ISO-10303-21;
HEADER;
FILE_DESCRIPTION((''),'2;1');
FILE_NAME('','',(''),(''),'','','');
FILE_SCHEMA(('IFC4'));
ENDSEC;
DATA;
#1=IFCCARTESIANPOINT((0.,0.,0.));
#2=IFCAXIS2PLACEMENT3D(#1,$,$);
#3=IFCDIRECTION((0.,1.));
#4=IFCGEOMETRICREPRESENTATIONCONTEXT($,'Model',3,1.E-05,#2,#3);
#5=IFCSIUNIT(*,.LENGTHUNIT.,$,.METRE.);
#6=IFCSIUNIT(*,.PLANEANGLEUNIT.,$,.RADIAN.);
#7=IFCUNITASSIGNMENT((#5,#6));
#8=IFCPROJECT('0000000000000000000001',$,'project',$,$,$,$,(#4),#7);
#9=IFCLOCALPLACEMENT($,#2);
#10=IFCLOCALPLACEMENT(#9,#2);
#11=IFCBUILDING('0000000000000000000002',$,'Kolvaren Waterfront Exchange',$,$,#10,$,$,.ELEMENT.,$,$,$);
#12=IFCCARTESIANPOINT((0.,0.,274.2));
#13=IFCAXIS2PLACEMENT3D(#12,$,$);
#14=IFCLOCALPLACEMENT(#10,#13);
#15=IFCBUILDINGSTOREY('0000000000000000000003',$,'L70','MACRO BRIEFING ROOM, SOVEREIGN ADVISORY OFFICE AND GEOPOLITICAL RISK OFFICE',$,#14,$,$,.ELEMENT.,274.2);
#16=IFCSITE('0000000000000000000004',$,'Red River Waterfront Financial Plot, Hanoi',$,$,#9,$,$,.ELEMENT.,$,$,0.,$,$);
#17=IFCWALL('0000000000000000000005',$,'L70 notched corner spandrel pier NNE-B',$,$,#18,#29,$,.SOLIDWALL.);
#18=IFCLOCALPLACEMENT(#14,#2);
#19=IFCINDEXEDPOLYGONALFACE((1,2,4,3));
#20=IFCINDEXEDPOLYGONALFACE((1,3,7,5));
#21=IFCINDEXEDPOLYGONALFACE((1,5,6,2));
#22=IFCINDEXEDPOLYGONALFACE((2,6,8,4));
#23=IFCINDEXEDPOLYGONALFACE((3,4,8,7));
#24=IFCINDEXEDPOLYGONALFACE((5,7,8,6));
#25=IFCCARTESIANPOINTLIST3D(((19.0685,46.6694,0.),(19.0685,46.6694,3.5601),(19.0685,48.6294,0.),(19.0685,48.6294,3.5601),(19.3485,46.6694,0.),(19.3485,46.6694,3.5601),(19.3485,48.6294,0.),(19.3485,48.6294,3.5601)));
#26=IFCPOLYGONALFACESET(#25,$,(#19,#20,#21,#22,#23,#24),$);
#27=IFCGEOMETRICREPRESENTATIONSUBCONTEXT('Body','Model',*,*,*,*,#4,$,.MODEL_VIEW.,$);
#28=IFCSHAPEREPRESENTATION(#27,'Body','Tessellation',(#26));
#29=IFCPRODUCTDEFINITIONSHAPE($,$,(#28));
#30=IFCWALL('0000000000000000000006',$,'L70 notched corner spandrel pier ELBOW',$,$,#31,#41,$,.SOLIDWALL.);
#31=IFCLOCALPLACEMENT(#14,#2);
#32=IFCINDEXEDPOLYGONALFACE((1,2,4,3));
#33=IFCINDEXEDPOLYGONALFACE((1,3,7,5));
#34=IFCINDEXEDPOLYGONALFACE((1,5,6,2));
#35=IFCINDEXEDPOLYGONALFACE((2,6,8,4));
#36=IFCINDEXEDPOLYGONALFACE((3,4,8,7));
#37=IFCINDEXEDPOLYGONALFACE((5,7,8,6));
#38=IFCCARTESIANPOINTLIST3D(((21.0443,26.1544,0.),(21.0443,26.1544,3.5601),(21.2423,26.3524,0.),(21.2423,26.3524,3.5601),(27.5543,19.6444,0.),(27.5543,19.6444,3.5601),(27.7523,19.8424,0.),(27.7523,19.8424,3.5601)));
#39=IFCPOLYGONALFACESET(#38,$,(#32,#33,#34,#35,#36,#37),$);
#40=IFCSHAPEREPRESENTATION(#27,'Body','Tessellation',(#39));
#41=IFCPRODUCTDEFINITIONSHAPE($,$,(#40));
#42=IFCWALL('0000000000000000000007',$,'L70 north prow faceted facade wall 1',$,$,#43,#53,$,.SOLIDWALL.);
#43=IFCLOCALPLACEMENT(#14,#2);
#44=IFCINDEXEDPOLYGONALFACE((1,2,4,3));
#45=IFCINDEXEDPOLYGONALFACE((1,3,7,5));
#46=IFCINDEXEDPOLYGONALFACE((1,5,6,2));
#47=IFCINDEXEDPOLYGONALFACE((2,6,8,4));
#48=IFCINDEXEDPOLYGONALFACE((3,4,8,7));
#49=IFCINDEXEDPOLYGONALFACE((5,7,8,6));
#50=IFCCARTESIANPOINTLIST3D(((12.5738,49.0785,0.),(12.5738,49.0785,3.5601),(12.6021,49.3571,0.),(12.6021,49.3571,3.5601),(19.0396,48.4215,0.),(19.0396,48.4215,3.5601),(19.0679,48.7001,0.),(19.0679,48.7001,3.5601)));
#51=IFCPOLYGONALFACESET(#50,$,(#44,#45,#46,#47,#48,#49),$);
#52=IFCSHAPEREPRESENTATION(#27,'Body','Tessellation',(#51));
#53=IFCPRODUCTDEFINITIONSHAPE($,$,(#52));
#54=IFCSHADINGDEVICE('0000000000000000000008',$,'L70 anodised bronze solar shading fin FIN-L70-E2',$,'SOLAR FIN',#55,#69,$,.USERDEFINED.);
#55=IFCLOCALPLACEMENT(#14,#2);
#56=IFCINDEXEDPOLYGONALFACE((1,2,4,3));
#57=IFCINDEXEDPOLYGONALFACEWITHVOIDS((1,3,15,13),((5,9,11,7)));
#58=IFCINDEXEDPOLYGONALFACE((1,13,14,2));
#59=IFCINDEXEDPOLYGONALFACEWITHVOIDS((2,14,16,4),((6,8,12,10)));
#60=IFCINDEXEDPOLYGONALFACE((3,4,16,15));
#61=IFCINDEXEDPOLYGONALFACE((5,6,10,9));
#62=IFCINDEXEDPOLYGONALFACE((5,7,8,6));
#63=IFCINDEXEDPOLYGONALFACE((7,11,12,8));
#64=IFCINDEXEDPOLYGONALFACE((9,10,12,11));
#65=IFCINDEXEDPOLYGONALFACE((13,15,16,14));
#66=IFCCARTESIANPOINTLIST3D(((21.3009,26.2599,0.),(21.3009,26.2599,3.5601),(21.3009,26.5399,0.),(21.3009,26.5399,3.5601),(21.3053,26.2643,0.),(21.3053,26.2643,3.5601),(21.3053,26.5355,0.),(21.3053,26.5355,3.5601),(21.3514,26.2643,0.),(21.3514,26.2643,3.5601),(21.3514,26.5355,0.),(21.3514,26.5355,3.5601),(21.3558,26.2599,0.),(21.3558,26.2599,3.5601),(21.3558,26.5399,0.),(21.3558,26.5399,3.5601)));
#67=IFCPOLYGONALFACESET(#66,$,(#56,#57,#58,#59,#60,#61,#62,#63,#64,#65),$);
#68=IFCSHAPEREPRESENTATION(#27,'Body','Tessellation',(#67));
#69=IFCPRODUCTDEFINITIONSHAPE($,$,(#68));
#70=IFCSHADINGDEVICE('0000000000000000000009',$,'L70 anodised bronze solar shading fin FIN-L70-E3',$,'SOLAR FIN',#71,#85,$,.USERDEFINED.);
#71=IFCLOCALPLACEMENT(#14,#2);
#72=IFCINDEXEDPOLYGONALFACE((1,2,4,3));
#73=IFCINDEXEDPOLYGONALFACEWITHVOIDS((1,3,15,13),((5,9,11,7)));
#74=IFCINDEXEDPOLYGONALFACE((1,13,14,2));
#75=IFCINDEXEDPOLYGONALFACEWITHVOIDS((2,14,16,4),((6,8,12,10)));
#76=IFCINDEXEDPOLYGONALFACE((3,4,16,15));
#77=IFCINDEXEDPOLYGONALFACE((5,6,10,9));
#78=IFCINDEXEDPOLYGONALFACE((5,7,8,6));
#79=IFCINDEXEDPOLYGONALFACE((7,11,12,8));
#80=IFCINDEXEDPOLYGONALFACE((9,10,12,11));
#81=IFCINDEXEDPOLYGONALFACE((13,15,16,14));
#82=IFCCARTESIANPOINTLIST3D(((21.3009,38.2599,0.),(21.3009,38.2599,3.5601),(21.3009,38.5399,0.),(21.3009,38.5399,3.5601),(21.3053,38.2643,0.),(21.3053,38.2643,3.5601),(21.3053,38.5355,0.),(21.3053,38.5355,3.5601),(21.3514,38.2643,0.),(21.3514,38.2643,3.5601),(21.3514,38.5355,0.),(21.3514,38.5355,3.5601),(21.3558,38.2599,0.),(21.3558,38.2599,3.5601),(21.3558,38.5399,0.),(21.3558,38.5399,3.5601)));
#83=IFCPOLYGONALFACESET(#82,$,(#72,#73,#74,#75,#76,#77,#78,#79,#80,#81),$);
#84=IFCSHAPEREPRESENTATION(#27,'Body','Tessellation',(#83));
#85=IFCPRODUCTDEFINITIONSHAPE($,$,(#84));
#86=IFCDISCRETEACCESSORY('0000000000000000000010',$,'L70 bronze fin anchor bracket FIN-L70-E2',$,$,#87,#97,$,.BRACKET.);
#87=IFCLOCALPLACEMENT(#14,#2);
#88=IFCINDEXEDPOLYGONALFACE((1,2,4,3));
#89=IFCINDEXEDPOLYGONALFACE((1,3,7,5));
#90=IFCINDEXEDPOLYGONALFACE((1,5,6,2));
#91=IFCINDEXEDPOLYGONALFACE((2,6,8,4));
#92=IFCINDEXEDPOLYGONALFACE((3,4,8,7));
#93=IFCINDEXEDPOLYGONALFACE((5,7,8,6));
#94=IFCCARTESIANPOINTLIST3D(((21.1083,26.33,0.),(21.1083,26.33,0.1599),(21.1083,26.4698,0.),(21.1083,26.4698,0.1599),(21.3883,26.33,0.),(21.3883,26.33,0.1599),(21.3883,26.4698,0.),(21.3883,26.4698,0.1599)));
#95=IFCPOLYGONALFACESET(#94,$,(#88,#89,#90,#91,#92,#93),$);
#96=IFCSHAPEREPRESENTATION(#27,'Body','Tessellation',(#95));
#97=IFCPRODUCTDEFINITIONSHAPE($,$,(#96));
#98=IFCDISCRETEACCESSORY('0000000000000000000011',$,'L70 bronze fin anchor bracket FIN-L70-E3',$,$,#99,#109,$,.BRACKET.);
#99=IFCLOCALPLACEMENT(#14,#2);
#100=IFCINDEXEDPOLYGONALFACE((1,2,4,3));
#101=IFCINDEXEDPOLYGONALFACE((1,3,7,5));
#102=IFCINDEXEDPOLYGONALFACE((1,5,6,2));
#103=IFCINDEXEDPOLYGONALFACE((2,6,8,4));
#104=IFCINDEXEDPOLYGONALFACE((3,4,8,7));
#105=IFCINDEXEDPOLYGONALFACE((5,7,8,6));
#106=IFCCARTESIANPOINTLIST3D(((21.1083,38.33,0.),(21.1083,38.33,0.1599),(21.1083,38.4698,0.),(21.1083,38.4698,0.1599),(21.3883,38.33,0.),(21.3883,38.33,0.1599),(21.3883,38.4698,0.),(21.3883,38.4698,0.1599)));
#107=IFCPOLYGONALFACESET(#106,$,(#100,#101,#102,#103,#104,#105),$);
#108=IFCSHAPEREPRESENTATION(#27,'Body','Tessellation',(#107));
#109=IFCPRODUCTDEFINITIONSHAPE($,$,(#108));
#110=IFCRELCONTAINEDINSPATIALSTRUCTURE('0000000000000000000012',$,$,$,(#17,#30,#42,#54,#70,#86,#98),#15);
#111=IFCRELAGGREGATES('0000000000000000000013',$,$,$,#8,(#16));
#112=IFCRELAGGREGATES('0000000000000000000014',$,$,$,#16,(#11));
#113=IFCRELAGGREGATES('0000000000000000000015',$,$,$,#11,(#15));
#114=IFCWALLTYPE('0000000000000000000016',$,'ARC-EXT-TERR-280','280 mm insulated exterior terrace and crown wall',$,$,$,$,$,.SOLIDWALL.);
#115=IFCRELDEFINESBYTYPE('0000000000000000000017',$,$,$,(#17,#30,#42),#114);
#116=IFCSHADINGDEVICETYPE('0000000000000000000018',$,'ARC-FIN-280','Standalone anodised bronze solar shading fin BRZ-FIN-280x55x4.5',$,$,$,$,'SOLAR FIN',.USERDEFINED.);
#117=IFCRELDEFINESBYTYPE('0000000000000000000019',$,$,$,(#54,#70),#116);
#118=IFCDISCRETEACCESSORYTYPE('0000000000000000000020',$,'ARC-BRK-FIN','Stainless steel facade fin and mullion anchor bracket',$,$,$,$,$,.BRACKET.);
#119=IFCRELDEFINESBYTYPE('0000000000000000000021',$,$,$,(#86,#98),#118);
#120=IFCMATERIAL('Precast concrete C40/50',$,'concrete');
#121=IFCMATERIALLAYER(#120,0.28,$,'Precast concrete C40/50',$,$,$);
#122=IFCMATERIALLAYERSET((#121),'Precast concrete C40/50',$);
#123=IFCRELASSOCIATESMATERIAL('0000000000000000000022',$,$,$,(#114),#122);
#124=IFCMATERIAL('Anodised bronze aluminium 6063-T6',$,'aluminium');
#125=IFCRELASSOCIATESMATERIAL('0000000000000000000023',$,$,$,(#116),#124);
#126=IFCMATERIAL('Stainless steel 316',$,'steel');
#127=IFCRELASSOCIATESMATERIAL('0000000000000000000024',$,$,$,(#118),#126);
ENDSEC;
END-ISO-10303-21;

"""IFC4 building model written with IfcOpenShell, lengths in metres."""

from ifc_helpers import new_model, si_unit, direction, frame, frame_2d, origin, origin_with_axes, origin_2d, place, context, subcontext, project, spatial, rectangle, hollow_rectangle, extrude, source, transform, mapped, material, layer, layer_set, material_profile, profile_set, type_object, element, save


model = new_model("IFC4")

# Units and contexts
model_context = context("Model", 3, precision=1e-05, world=origin(), true_north=direction((0.0, 1.0)))
body_context = subcontext(model_context, "Body", "Model", "MODEL_VIEW")
ifc_project = project(units=[si_unit("LENGTHUNIT", "METRE"), si_unit("PLANEANGLEUNIT", "RADIAN")], contexts=[model_context])

# Site, building, storey
site_placement = place(None, origin())
site = spatial("IfcSite", under=ifc_project, at=site_placement, Name="Red River Waterfront Financial Plot, Hanoi", CompositionType="ELEMENT", RefElevation=0.0)
building_placement = place(site_placement, origin())
building = spatial("IfcBuilding", under=site, at=building_placement, Name="Kolvaren Waterfront Exchange", CompositionType="ELEMENT")
storey_placement = place(building_placement, frame((0.0, 0.0, 274.2)))
storey = spatial("IfcBuildingStorey", under=building, at=storey_placement, Name="L70", Description="MACRO BRIEFING ROOM, SOVEREIGN ADVISORY OFFICE AND GEOPOLITICAL RISK OFFICE", CompositionType="ELEMENT", Elevation=274.2)

# Shared definitions
ifc_material_1 = material(Name="Anodised bronze aluminium 6063-T6", Category="aluminium")

# Walls
ifc_material_2 = material(Name="Precast concrete C40/50", Category="concrete")
ifc_layer_1 = layer(ifc_material_2, 0.28, Name="Precast concrete C40/50")
ifc_layer_set_1 = layer_set([ifc_layer_1], Name="Precast concrete C40/50")
wall_type = type_object("IfcWallType", Name="ARC-EXT-TERR-280", Description="280 mm insulated exterior terrace and crown wall", PredefinedType="SOLIDWALL", material=ifc_layer_set_1)
wall_1_placement = place(storey_placement, frame((19.2085, 46.6694, 0.0), z_axis=(0.0, 0.0, 1.0), x_axis=(0.0, 1.0, 0.0)))
element("IfcWall", 1, at=wall_1_placement, inside=storey, type_object=wall_type, Name="L70 notched corner spandrel pier NNE-B", PredefinedType="SOLIDWALL", context=body_context, shape_type="SweptSolid", body=[
    extrude(rectangle(XDim=1.96, YDim=0.28, at=frame_2d((0.98, 0.0))), origin(), (0.0, 0.0, 1.0), 3.5601),
])
wall_2_placement = place(storey_placement, frame((27.6533, 19.7434, 0.0), z_axis=(0.0, 0.0, 1.0), x_axis=(-0.707107, 0.707107, 0.0)))
element("IfcWall", 2, at=wall_2_placement, inside=storey, type_object=wall_type, Name="L70 notched corner spandrel pier ELBOW", PredefinedType="SOLIDWALL", context=body_context, shape_type="SweptSolid", body=[
    extrude(rectangle(XDim=9.2065, YDim=0.28, at=frame_2d((4.6033, 0.0))), origin(), (0.0, 0.0, 1.0), 3.5601),
])
wall_3_placement = place(storey_placement, frame((19.0537, 48.5608, 0.0), z_axis=(0.0, 0.0, 1.0), x_axis=(-0.994877, 0.101088, 0.0)))
element("IfcWall", 3, at=wall_3_placement, inside=storey, type_object=wall_type, Name="L70 north prow faceted facade wall 1", PredefinedType="SOLIDWALL", context=body_context, shape_type="SweptSolid", body=[
    extrude(rectangle(XDim=6.499, YDim=0.28, at=frame_2d((3.2495, 0.0))), origin(), (0.0, 0.0, 1.0), 3.5601),
])

# Shading devices
ifc_material_profile_1 = material_profile(ifc_material_1, hollow_rectangle(XDim=0.0549, YDim=0.28, WallThickness=0.0044, at=origin_2d()), Name="BRZ-FIN-280x55x4.5")
ifc_profile_set_1 = profile_set([ifc_material_profile_1], Name="Anodised bronze aluminium 6063-T6")
shading_device_type = type_object("IfcShadingDeviceType", Name="ARC-FIN-280", Description="Standalone anodised bronze solar shading fin BRZ-FIN-280x55x4.5", ElementType="SOLAR FIN", PredefinedType="USERDEFINED", material=ifc_profile_set_1)
for number, where, z_axis, x_axis, name in (
    (4, (21.3284, 26.3999, 0.0), (0.0, 0.0, 1.0), (1.0, 0.0, 0.0), "L70 anodised bronze solar shading fin FIN-L70-E2"),
    (5, (21.3284, 38.3999, 0.0), (0.0, 0.0, 1.0), (1.0, 0.0, 0.0), "L70 anodised bronze solar shading fin FIN-L70-E3"),
):
    element("IfcShadingDevice", number, at=place(storey_placement, frame(where, z_axis=z_axis, x_axis=x_axis)), inside=storey, type_object=shading_device_type, Name=name, ObjectType="SOLAR FIN", PredefinedType="USERDEFINED", context=body_context, shape_type="SweptSolid", body=[
        extrude(hollow_rectangle(XDim=0.0549, YDim=0.28, WallThickness=0.0044, at=origin_2d()), origin(), (0.0, 0.0, 1.0), 3.5601),
    ])

# Shared definitions
ifc_material_3 = material(Name="Stainless steel 316", Category="steel")

# Discrete accessories
discrete_accessory_type = type_object("IfcDiscreteAccessoryType", Name="ARC-BRK-FIN", Description="Stainless steel facade fin and mullion anchor bracket", PredefinedType="BRACKET", material=ifc_material_3)
shared_shape_1 = source(origin_with_axes(), body_context, "Body", "SweptSolid", [
    extrude(rectangle(XDim=0.28, YDim=0.1399, at=origin_2d()), origin(), (0.0, 0.0, 1.0), 0.1599),
])
for number, where, z_axis, x_axis, name in (
    (6, (21.2483, 26.3999, 0.0), (0.0, 0.0, 1.0), (1.0, 0.0, 0.0), "L70 bronze fin anchor bracket FIN-L70-E2"),
    (7, (21.2483, 38.3999, 0.0), (0.0, 0.0, 1.0), (1.0, 0.0, 0.0), "L70 bronze fin anchor bracket FIN-L70-E3"),
):
    element("IfcDiscreteAccessory", number, at=place(storey_placement, frame(where, z_axis=z_axis, x_axis=x_axis)), inside=storey, type_object=discrete_accessory_type, Name=name, PredefinedType="BRACKET", context=body_context, shape_type="MappedRepresentation", body=[
        mapped(shared_shape_1, transform((0.0, 0.0, 0.0), x_axis=(1.0, 0.0, 0.0), y_axis=(0.0, 1.0, 0.0), z_axis=(0.0, 0.0, 1.0), scale=1.0)),
    ])

save(model, "model.ifc")
